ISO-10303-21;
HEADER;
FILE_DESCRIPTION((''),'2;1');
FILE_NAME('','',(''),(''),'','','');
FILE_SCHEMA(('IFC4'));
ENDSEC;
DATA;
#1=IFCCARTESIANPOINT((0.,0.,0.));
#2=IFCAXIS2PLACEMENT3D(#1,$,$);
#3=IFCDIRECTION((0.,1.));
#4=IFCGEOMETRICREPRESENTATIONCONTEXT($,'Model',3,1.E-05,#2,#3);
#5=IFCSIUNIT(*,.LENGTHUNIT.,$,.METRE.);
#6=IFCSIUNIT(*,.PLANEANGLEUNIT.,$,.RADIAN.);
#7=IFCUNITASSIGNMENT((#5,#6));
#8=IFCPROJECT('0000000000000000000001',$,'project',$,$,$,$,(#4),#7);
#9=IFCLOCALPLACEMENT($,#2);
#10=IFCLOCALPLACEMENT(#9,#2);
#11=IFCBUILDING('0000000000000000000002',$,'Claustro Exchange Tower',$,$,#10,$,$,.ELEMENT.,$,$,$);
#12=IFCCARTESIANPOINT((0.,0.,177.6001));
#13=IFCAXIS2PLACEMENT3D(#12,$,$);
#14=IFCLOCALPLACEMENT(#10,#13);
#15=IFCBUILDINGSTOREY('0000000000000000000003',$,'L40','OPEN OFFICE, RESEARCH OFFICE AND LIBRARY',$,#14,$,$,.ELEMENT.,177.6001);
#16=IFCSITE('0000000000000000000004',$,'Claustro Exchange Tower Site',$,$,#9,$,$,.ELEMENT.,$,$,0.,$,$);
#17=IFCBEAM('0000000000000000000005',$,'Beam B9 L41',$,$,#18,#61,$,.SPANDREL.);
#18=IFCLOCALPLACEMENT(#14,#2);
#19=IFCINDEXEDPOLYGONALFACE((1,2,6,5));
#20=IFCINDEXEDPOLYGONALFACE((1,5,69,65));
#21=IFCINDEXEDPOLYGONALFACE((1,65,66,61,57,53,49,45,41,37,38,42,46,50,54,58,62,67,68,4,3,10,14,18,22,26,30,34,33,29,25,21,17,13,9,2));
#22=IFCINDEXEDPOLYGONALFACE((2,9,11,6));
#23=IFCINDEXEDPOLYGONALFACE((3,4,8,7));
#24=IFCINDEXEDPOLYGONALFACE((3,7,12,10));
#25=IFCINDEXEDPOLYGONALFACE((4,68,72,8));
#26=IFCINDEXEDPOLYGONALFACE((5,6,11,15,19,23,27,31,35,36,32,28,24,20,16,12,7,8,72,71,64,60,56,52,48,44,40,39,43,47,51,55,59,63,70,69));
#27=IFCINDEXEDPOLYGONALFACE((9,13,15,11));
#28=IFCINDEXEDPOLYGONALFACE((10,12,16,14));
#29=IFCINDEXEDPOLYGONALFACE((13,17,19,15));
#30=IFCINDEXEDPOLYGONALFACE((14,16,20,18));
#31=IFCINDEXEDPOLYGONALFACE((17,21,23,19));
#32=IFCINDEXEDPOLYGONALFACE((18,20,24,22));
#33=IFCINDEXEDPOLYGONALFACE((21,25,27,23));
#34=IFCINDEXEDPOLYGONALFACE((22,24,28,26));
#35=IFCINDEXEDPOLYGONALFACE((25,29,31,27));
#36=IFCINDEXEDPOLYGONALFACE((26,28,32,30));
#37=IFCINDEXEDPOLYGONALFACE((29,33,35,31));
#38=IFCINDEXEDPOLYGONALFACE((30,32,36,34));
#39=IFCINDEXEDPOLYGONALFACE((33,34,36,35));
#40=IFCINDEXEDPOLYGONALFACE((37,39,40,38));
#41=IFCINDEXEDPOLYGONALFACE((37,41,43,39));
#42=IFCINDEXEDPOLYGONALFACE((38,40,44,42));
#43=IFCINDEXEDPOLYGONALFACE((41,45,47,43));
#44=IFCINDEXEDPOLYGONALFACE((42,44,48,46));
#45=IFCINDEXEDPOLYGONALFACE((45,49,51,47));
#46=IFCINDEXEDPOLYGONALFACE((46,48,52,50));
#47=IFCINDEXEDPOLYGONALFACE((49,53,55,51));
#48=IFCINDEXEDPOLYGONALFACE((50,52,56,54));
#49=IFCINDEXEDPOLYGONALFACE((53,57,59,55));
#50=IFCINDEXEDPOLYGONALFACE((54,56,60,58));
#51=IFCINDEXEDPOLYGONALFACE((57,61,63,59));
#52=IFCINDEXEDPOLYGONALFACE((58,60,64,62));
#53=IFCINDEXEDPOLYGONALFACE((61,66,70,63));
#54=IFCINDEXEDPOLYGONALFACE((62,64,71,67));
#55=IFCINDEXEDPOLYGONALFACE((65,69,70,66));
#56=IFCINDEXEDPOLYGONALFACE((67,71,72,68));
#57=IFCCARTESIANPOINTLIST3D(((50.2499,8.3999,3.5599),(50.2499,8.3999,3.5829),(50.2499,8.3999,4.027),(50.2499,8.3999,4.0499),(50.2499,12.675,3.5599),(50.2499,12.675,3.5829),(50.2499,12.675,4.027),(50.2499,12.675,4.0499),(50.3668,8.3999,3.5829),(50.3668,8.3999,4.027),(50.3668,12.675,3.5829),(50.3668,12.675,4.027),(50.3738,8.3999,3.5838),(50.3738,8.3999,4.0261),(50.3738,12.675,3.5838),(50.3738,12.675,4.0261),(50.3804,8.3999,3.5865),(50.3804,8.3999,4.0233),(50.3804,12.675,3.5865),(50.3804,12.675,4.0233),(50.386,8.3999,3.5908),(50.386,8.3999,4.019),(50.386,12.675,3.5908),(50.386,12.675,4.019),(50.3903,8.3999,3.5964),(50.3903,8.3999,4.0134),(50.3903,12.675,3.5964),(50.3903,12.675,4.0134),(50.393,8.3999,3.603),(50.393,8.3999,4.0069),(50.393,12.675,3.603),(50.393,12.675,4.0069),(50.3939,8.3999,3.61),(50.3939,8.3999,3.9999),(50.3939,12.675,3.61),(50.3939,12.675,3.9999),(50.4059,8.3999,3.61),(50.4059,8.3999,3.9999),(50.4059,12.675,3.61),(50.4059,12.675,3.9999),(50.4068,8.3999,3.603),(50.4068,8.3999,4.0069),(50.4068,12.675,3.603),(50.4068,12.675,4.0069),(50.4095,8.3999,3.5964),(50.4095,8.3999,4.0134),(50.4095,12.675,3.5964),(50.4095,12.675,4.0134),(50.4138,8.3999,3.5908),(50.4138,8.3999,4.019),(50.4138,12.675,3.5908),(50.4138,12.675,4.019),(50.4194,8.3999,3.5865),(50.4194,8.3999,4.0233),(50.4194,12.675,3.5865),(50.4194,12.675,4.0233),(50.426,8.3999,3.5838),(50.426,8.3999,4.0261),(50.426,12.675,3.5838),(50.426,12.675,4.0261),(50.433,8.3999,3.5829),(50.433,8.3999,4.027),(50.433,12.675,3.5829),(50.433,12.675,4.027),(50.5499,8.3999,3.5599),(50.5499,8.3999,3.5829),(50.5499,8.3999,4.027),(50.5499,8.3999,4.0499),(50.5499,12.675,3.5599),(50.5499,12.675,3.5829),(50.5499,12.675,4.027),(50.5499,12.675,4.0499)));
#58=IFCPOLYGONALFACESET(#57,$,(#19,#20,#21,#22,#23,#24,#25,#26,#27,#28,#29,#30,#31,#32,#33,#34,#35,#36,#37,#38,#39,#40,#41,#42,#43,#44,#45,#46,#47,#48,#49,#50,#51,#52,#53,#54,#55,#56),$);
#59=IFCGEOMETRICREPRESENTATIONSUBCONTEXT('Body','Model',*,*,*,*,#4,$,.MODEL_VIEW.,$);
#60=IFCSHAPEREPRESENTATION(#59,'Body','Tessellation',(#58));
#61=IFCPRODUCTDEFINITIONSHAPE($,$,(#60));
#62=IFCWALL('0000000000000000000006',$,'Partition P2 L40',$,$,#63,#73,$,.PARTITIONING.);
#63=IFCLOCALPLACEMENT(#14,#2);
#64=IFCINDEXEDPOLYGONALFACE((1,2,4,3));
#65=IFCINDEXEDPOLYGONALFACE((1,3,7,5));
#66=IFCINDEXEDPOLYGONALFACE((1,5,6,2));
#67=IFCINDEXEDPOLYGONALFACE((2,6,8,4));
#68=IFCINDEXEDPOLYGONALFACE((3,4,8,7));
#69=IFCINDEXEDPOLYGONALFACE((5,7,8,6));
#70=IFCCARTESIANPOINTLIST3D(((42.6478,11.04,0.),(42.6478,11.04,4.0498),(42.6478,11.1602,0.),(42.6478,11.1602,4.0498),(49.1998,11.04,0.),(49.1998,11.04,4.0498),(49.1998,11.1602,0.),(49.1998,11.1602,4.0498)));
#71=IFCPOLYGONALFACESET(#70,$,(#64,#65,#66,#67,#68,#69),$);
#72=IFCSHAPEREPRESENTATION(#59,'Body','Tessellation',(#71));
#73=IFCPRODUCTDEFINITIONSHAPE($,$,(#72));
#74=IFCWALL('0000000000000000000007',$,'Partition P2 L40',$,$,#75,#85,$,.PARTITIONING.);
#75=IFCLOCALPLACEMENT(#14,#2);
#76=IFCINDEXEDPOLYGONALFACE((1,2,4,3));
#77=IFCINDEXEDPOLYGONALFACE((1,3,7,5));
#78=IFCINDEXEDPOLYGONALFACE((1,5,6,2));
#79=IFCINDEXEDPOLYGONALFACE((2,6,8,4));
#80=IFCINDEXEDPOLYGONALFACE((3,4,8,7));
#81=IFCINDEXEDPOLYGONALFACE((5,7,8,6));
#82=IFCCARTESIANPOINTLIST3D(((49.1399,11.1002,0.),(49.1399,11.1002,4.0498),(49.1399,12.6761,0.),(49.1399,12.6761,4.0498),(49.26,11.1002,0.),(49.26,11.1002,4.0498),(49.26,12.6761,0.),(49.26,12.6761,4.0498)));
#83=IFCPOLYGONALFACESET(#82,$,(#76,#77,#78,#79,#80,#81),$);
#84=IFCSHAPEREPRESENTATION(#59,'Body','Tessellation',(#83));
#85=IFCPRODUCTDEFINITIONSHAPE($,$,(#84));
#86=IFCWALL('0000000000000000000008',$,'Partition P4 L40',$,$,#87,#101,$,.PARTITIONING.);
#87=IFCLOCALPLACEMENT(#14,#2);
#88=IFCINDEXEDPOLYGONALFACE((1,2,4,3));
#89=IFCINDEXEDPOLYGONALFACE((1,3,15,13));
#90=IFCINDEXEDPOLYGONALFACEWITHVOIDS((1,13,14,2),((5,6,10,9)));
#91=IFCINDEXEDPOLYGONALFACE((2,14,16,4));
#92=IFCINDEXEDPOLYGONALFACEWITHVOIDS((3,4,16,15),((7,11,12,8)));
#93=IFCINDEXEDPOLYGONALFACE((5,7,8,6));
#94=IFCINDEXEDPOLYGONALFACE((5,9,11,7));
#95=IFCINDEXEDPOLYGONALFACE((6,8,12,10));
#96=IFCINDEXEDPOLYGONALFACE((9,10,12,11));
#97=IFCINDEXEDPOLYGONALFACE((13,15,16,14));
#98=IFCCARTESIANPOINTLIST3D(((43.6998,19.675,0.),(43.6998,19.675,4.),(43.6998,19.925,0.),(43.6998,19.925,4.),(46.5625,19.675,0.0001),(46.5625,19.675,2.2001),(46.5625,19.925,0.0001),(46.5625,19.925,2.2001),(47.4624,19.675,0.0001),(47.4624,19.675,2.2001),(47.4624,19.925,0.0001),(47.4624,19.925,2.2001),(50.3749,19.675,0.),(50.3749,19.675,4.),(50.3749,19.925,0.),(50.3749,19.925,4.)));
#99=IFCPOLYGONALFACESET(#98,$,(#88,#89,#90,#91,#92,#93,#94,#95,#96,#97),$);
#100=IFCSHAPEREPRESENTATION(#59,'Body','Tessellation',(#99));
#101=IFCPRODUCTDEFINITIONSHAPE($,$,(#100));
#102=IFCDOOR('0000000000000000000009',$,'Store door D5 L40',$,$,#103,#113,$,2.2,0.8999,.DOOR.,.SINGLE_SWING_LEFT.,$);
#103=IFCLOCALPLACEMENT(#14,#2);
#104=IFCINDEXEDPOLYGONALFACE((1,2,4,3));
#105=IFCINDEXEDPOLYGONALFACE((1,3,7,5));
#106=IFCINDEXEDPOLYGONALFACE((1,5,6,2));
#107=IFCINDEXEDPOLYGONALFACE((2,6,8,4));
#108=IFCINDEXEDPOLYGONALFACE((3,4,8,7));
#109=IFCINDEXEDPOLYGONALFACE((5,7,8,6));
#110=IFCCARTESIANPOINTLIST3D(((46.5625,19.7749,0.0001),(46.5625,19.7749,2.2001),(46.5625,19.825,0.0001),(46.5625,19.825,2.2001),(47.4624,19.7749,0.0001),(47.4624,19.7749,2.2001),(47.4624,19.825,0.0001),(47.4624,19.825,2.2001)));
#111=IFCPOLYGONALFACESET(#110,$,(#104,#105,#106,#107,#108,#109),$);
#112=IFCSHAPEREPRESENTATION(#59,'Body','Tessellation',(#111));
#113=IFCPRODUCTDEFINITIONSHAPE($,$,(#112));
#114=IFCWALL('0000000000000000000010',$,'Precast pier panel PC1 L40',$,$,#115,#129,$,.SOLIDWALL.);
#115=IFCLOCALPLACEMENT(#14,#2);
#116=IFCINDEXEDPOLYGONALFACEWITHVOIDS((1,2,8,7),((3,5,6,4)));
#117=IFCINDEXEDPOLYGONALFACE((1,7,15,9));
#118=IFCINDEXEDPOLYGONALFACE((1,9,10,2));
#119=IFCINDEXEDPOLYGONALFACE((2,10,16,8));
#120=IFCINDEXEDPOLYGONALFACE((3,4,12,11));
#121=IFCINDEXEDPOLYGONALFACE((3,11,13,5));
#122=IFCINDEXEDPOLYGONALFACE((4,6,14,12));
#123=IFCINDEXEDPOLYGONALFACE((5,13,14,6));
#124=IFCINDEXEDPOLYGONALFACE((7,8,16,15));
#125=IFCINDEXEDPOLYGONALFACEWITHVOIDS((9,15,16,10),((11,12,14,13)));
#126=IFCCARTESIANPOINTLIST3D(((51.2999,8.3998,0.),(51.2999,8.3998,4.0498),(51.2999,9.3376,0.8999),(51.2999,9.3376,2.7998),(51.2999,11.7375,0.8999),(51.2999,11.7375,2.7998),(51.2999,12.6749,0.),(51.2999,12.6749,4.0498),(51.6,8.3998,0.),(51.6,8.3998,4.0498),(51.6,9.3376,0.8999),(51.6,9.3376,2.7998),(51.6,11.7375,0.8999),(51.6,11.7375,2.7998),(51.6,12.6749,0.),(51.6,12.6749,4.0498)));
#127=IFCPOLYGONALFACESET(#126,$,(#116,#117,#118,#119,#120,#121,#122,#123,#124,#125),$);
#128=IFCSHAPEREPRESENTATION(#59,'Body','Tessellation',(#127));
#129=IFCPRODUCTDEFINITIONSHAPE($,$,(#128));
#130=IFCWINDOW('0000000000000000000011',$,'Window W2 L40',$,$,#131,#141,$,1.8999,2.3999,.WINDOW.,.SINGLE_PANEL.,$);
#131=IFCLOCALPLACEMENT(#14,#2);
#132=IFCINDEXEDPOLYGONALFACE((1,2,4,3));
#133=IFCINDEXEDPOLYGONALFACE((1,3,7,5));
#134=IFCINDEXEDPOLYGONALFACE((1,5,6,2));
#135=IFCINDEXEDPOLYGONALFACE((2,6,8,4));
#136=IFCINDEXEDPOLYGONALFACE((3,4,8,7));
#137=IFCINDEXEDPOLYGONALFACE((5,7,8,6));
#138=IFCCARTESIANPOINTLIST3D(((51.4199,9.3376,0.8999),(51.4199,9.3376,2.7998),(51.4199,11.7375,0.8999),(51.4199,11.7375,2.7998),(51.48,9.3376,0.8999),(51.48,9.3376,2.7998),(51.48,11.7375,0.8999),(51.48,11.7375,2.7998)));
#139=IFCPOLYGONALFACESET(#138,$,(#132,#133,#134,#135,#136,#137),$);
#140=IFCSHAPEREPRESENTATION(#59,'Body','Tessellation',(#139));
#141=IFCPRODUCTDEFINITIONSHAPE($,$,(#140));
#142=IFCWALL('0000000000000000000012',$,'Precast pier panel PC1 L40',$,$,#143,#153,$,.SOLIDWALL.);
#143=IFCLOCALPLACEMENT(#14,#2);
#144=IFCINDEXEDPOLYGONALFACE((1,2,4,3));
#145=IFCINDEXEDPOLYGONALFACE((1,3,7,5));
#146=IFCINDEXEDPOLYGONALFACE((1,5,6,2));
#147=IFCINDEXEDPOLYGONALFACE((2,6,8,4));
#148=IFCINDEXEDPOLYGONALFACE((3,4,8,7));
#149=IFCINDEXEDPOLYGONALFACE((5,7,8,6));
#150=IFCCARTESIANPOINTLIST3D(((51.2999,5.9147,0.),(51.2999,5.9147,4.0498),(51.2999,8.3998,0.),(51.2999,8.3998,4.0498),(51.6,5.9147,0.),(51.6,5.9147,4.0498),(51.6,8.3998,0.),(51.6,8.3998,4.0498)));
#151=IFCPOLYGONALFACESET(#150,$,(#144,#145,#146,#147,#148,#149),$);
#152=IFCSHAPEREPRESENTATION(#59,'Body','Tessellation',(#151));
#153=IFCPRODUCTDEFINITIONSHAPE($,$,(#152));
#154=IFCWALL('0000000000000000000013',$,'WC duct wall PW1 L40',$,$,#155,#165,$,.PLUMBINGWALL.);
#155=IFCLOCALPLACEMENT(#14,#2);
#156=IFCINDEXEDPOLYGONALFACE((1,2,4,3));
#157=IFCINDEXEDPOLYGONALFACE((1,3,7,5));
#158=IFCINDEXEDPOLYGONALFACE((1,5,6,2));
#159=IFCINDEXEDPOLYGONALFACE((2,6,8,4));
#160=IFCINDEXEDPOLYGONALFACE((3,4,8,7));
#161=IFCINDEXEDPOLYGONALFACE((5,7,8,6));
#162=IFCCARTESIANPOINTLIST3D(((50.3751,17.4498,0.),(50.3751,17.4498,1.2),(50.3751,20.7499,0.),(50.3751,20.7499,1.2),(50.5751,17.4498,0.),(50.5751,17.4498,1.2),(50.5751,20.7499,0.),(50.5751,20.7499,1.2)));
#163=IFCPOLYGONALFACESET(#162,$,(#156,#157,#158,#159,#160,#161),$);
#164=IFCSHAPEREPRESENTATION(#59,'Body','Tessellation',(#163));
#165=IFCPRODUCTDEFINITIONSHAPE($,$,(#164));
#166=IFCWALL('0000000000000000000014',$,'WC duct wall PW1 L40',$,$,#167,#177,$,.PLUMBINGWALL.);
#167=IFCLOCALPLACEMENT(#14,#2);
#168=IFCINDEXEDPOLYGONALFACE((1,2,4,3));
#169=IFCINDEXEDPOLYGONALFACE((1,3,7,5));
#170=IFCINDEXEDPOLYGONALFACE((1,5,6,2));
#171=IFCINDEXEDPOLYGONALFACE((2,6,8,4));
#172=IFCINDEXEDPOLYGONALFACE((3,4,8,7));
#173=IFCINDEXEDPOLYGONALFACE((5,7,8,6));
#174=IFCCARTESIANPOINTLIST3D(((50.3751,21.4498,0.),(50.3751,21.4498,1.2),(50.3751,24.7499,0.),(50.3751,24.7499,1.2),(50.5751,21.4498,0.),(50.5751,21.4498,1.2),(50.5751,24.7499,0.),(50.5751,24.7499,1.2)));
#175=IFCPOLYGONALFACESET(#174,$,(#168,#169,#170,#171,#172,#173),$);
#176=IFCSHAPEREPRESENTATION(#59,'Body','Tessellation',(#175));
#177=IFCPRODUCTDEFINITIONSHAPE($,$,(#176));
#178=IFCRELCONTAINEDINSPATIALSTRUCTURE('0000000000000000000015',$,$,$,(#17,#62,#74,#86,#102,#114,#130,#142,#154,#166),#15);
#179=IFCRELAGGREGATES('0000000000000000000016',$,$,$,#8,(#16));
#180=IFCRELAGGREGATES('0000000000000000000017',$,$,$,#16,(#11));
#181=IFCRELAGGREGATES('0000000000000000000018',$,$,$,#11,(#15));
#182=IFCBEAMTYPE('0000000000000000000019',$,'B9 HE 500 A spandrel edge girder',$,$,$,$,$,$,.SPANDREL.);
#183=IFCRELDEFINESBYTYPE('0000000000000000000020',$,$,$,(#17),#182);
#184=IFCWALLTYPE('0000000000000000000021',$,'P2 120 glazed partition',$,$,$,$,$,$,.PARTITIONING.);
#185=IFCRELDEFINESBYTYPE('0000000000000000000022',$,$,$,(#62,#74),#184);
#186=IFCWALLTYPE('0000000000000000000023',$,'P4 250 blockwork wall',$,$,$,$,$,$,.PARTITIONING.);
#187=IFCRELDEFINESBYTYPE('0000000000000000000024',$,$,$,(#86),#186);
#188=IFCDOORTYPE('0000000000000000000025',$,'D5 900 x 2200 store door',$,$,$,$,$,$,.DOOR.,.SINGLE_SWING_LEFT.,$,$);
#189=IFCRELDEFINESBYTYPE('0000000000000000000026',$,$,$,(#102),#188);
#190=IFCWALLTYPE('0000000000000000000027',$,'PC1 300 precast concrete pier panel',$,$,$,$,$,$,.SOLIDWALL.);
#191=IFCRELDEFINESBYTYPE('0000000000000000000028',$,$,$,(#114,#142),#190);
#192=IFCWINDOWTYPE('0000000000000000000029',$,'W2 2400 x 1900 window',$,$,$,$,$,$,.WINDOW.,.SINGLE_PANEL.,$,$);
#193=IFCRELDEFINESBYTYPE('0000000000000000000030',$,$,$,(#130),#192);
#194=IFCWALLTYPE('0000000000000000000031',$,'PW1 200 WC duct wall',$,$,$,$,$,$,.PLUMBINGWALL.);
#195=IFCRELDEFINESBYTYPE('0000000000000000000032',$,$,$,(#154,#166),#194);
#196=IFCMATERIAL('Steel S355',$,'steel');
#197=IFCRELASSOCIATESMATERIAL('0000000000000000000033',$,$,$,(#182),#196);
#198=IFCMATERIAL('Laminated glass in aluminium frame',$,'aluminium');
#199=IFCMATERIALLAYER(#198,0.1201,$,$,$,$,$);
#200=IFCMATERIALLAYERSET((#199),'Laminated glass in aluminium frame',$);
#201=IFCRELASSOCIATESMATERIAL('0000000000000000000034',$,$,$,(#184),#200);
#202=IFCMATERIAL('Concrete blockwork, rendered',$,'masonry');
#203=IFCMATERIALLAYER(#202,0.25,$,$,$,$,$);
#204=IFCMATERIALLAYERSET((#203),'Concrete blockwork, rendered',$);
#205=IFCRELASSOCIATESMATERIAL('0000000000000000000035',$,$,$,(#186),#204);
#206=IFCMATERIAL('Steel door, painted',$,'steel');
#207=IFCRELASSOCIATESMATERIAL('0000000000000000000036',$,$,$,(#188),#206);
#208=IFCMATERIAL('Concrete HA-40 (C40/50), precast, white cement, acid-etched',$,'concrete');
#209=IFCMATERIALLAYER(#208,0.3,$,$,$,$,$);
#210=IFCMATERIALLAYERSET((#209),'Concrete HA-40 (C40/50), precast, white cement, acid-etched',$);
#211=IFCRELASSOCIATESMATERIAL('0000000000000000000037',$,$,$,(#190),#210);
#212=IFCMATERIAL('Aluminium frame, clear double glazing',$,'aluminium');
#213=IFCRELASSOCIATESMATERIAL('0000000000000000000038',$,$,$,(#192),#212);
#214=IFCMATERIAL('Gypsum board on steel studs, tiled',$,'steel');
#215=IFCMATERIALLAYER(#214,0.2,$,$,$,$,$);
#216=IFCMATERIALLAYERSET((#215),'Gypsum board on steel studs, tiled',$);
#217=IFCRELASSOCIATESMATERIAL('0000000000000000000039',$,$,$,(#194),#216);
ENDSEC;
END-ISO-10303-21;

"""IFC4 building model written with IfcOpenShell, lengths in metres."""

from ifc_helpers import new_model, si_unit, direction, frame, frame_2d, origin, origin_2d, place, context, subcontext, project, spatial, rectangle, i_section, extrude, material, layer, layer_set, material_profile, profile_set, type_object, element, fill, save


model = new_model("IFC4")

# Units and contexts
model_context = context("Model", 3, precision=1e-05, world=origin(), true_north=direction((0.0, 1.0)))
body_context = subcontext(model_context, "Body", "Model", "MODEL_VIEW")
ifc_project = project(units=[si_unit("LENGTHUNIT", "METRE"), si_unit("PLANEANGLEUNIT", "RADIAN")], contexts=[model_context])

# Site, building, storey
site_placement = place(None, origin())
site = spatial("IfcSite", under=ifc_project, at=site_placement, Name="Claustro Exchange Tower Site", CompositionType="ELEMENT", RefElevation=0.0)
building_placement = place(site_placement, origin())
building = spatial("IfcBuilding", under=site, at=building_placement, Name="Claustro Exchange Tower", CompositionType="ELEMENT")
storey_placement = place(building_placement, frame((0.0, 0.0, 177.6001)))
storey = spatial("IfcBuildingStorey", under=building, at=storey_placement, Name="L40", Description="OPEN OFFICE, RESEARCH OFFICE AND LIBRARY", CompositionType="ELEMENT", Elevation=177.6001)

# Beam
ifc_material_1 = material(Name="Steel S355", Category="steel")
ifc_material_profile = material_profile(ifc_material_1, i_section(OverallWidth=0.3, OverallDepth=0.49, WebThickness=0.012, FlangeThickness=0.0229, FilletRadius=0.0271, at=origin_2d()), Name="HE 500 A")
ifc_profile_set = profile_set([ifc_material_profile], Name="Steel S355")
beam_type = type_object("IfcBeamType", Name="B9 HE 500 A spandrel edge girder", PredefinedType="SPANDREL", material=ifc_profile_set)
beam_placement = place(storey_placement, frame((50.3999, 8.3999, 3.8049), z_axis=(0.0, 1.0, 0.0), x_axis=(-1.0, 0.0, 0.0)))
element("IfcBeam", 1, at=beam_placement, inside=storey, type_object=beam_type, Name="Beam B9 L41", PredefinedType="SPANDREL", context=body_context, shape_type="SweptSolid", body=[
    extrude(i_section(OverallWidth=0.3, OverallDepth=0.49, WebThickness=0.012, FlangeThickness=0.0229, FilletRadius=0.0271, at=origin_2d()), origin(), (0.0, 0.0, 1.0), 4.2751),
])

# Shared definitions
ifc_material_2 = material(Name="Laminated glass in aluminium frame", Category="aluminium")
ifc_layer_1 = layer(ifc_material_2, 0.1201)
ifc_layer_set_1 = layer_set([ifc_layer_1], Name="Laminated glass in aluminium frame")
wall_type_1 = type_object("IfcWallType", Name="P2 120 glazed partition", PredefinedType="PARTITIONING", material=ifc_layer_set_1)

# Walls
wall_1_placement = place(storey_placement, frame((42.6479, 11.1001, 0.0), z_axis=(0.0, 0.0, 1.0), x_axis=(1.0, 0.0, 0.0)))
element("IfcWall", 2, at=wall_1_placement, inside=storey, type_object=wall_type_1, Name="Partition P2 L40", PredefinedType="PARTITIONING", context=body_context, shape_type="SweptSolid", body=[
    extrude(rectangle(XDim=6.552, YDim=0.1201, at=frame_2d((3.2759, 0.0))), origin(), (0.0, 0.0, 1.0), 4.0498),
])
wall_2_placement = place(storey_placement, frame((49.2, 11.1001, 0.0), z_axis=(0.0, 0.0, 1.0), x_axis=(0.0, 1.0, 0.0)))
element("IfcWall", 3, at=wall_2_placement, inside=storey, type_object=wall_type_1, Name="Partition P2 L40", PredefinedType="PARTITIONING", context=body_context, shape_type="SweptSolid", body=[
    extrude(rectangle(XDim=1.5759, YDim=0.1201, at=frame_2d((0.7881, 0.0))), origin(), (0.0, 0.0, 1.0), 4.0498),
])

# Wall, opening, door
ifc_material_3 = material(Name="Concrete blockwork, rendered", Category="masonry")
ifc_layer_2 = layer(ifc_material_3, 0.25)
ifc_layer_set_2 = layer_set([ifc_layer_2], Name="Concrete blockwork, rendered")
wall_type_2 = type_object("IfcWallType", Name="P4 250 blockwork wall", PredefinedType="PARTITIONING", material=ifc_layer_set_2)
wall_3_placement = place(storey_placement, frame((43.7, 19.8, 0.0), z_axis=(0.0, 0.0, 1.0), x_axis=(1.0, 0.0, 0.0)))
wall_3 = element("IfcWall", 4, at=wall_3_placement, inside=storey, type_object=wall_type_2, Name="Partition P4 L40", PredefinedType="PARTITIONING", context=body_context, shape_type="SweptSolid", body=[
    extrude(rectangle(XDim=6.675, YDim=0.25, at=frame_2d((3.3374, 0.0))), origin(), (0.0, 0.0, 1.0), 4.0),
])
opening_1_placement = place(wall_3_placement, frame((2.8625, 0.0, 0.0)))
opening_1 = element("IfcOpeningElement", 5, at=opening_1_placement, cuts=wall_3, PredefinedType="OPENING", context=body_context, shape_type="SweptSolid", body=[
    extrude(rectangle(XDim=0.8999, YDim=2.2, at=frame_2d((0.45, 1.1001))), frame((0.0, 0.135, 0.0), z_axis=(0.0, -1.0, 0.0), x_axis=(1.0, 0.0, 0.0)), (0.0, 0.0, 1.0), 0.27),
])
ifc_material_4 = material(Name="Steel door, painted", Category="steel")
door_type_1 = type_object("IfcDoorType", Name="D5 900 x 2200 store door", OperationType="SINGLE_SWING_LEFT", PredefinedType="DOOR", material=ifc_material_4)
door_1_placement = place(opening_1_placement, origin())
door_1 = element("IfcDoor", 6, at=door_1_placement, inside=storey, type_object=door_type_1, Name="Store door D5 L40", OperationType="SINGLE_SWING_LEFT", OverallHeight=2.2, OverallWidth=0.8999, PredefinedType="DOOR", context=body_context, shape_type="SweptSolid", body=[
    extrude(rectangle(XDim=0.8999, YDim=2.2, at=frame_2d((0.45, 1.1001))), frame((0.0, 0.0249, 0.0), z_axis=(0.0, -1.0, 0.0), x_axis=(1.0, 0.0, 0.0)), (0.0, 0.0, 1.0), 0.05),
])
fill(opening_1, door_1)

# Wall, opening, window
ifc_material_5 = material(Name="Concrete HA-40 (C40/50), precast, white cement, acid-etched", Category="concrete")
ifc_layer_3 = layer(ifc_material_5, 0.3)
ifc_layer_set_3 = layer_set([ifc_layer_3], Name="Concrete HA-40 (C40/50), precast, white cement, acid-etched")
wall_type_3 = type_object("IfcWallType", Name="PC1 300 precast concrete pier panel", PredefinedType="SOLIDWALL", material=ifc_layer_set_3)
wall_4_placement = place(storey_placement, frame((51.45, 12.675, 0.0), z_axis=(0.0, 0.0, 1.0), x_axis=(0.0, -1.0, 0.0)))
wall_4 = element("IfcWall", 7, at=wall_4_placement, inside=storey, type_object=wall_type_3, Name="Precast pier panel PC1 L40", PredefinedType="SOLIDWALL", context=body_context, shape_type="SweptSolid", body=[
    extrude(rectangle(XDim=4.2751, YDim=0.3, at=frame_2d((2.1377, 0.0))), origin(), (0.0, 0.0, 1.0), 4.0498),
])
opening_2_placement = place(wall_4_placement, frame((0.9375, 0.0, 0.8999)))
opening_2 = element("IfcOpeningElement", 8, at=opening_2_placement, cuts=wall_4, PredefinedType="OPENING", context=body_context, shape_type="SweptSolid", body=[
    extrude(rectangle(XDim=2.3999, YDim=1.8999, at=frame_2d((1.2, 0.95))), frame((0.0, 0.1599, 0.0), z_axis=(0.0, -1.0, 0.0), x_axis=(1.0, 0.0, 0.0)), (0.0, 0.0, 1.0), 0.3201),
])
ifc_material_6 = material(Name="Aluminium frame, clear double glazing", Category="aluminium")
window_type = type_object("IfcWindowType", Name="W2 2400 x 1900 window", PartitioningType="SINGLE_PANEL", PredefinedType="WINDOW", material=ifc_material_6)
window_placement = place(opening_2_placement, origin())
window = element("IfcWindow", 9, at=window_placement, inside=storey, type_object=window_type, Name="Window W2 L40", OverallHeight=1.8999, OverallWidth=2.3999, PartitioningType="SINGLE_PANEL", PredefinedType="WINDOW", context=body_context, shape_type="SweptSolid", body=[
    extrude(rectangle(XDim=2.3999, YDim=1.8999, at=frame_2d((1.2, 0.95))), frame((0.0, 0.03, 0.0), z_axis=(0.0, -1.0, 0.0), x_axis=(1.0, 0.0, 0.0)), (0.0, 0.0, 1.0), 0.0601),
])
fill(opening_2, window)

# Walls
wall_5_placement = place(storey_placement, frame((51.45, 8.3999, 0.0), z_axis=(0.0, 0.0, 1.0), x_axis=(0.0, -1.0, 0.0)))
element("IfcWall", 10, at=wall_5_placement, inside=storey, type_object=wall_type_3, Name="Precast pier panel PC1 L40", PredefinedType="SOLIDWALL", context=body_context, shape_type="SweptSolid", body=[
    extrude(rectangle(XDim=2.4851, YDim=0.3, at=frame_2d((1.2427, 0.0))), origin(), (0.0, 0.0, 1.0), 4.0498),
])
ifc_material_7 = material(Name="Gypsum board on steel studs, tiled", Category="steel")
ifc_layer_4 = layer(ifc_material_7, 0.2)
ifc_layer_set_4 = layer_set([ifc_layer_4], Name="Gypsum board on steel studs, tiled")
wall_type_4 = type_object("IfcWallType", Name="PW1 200 WC duct wall", PredefinedType="PLUMBINGWALL", material=ifc_layer_set_4)
for number, where, z_axis, x_axis, name in (
    (11, (50.4751, 17.45, 0.0), (0.0, 0.0, 1.0), (0.0, 1.0, 0.0), "WC duct wall PW1 L40"),
    (12, (50.4751, 21.45, 0.0), (0.0, 0.0, 1.0), (0.0, 1.0, 0.0), "WC duct wall PW1 L40"),
):
    element("IfcWall", number, at=place(storey_placement, frame(where, z_axis=z_axis, x_axis=x_axis)), inside=storey, type_object=wall_type_4, Name=name, PredefinedType="PLUMBINGWALL", context=body_context, shape_type="SweptSolid", body=[
        extrude(rectangle(XDim=3.3, YDim=0.2, at=frame_2d((1.6499, 0.0))), origin(), (0.0, 0.0, 1.0), 1.2),
    ])

save(model, "model.ifc")
